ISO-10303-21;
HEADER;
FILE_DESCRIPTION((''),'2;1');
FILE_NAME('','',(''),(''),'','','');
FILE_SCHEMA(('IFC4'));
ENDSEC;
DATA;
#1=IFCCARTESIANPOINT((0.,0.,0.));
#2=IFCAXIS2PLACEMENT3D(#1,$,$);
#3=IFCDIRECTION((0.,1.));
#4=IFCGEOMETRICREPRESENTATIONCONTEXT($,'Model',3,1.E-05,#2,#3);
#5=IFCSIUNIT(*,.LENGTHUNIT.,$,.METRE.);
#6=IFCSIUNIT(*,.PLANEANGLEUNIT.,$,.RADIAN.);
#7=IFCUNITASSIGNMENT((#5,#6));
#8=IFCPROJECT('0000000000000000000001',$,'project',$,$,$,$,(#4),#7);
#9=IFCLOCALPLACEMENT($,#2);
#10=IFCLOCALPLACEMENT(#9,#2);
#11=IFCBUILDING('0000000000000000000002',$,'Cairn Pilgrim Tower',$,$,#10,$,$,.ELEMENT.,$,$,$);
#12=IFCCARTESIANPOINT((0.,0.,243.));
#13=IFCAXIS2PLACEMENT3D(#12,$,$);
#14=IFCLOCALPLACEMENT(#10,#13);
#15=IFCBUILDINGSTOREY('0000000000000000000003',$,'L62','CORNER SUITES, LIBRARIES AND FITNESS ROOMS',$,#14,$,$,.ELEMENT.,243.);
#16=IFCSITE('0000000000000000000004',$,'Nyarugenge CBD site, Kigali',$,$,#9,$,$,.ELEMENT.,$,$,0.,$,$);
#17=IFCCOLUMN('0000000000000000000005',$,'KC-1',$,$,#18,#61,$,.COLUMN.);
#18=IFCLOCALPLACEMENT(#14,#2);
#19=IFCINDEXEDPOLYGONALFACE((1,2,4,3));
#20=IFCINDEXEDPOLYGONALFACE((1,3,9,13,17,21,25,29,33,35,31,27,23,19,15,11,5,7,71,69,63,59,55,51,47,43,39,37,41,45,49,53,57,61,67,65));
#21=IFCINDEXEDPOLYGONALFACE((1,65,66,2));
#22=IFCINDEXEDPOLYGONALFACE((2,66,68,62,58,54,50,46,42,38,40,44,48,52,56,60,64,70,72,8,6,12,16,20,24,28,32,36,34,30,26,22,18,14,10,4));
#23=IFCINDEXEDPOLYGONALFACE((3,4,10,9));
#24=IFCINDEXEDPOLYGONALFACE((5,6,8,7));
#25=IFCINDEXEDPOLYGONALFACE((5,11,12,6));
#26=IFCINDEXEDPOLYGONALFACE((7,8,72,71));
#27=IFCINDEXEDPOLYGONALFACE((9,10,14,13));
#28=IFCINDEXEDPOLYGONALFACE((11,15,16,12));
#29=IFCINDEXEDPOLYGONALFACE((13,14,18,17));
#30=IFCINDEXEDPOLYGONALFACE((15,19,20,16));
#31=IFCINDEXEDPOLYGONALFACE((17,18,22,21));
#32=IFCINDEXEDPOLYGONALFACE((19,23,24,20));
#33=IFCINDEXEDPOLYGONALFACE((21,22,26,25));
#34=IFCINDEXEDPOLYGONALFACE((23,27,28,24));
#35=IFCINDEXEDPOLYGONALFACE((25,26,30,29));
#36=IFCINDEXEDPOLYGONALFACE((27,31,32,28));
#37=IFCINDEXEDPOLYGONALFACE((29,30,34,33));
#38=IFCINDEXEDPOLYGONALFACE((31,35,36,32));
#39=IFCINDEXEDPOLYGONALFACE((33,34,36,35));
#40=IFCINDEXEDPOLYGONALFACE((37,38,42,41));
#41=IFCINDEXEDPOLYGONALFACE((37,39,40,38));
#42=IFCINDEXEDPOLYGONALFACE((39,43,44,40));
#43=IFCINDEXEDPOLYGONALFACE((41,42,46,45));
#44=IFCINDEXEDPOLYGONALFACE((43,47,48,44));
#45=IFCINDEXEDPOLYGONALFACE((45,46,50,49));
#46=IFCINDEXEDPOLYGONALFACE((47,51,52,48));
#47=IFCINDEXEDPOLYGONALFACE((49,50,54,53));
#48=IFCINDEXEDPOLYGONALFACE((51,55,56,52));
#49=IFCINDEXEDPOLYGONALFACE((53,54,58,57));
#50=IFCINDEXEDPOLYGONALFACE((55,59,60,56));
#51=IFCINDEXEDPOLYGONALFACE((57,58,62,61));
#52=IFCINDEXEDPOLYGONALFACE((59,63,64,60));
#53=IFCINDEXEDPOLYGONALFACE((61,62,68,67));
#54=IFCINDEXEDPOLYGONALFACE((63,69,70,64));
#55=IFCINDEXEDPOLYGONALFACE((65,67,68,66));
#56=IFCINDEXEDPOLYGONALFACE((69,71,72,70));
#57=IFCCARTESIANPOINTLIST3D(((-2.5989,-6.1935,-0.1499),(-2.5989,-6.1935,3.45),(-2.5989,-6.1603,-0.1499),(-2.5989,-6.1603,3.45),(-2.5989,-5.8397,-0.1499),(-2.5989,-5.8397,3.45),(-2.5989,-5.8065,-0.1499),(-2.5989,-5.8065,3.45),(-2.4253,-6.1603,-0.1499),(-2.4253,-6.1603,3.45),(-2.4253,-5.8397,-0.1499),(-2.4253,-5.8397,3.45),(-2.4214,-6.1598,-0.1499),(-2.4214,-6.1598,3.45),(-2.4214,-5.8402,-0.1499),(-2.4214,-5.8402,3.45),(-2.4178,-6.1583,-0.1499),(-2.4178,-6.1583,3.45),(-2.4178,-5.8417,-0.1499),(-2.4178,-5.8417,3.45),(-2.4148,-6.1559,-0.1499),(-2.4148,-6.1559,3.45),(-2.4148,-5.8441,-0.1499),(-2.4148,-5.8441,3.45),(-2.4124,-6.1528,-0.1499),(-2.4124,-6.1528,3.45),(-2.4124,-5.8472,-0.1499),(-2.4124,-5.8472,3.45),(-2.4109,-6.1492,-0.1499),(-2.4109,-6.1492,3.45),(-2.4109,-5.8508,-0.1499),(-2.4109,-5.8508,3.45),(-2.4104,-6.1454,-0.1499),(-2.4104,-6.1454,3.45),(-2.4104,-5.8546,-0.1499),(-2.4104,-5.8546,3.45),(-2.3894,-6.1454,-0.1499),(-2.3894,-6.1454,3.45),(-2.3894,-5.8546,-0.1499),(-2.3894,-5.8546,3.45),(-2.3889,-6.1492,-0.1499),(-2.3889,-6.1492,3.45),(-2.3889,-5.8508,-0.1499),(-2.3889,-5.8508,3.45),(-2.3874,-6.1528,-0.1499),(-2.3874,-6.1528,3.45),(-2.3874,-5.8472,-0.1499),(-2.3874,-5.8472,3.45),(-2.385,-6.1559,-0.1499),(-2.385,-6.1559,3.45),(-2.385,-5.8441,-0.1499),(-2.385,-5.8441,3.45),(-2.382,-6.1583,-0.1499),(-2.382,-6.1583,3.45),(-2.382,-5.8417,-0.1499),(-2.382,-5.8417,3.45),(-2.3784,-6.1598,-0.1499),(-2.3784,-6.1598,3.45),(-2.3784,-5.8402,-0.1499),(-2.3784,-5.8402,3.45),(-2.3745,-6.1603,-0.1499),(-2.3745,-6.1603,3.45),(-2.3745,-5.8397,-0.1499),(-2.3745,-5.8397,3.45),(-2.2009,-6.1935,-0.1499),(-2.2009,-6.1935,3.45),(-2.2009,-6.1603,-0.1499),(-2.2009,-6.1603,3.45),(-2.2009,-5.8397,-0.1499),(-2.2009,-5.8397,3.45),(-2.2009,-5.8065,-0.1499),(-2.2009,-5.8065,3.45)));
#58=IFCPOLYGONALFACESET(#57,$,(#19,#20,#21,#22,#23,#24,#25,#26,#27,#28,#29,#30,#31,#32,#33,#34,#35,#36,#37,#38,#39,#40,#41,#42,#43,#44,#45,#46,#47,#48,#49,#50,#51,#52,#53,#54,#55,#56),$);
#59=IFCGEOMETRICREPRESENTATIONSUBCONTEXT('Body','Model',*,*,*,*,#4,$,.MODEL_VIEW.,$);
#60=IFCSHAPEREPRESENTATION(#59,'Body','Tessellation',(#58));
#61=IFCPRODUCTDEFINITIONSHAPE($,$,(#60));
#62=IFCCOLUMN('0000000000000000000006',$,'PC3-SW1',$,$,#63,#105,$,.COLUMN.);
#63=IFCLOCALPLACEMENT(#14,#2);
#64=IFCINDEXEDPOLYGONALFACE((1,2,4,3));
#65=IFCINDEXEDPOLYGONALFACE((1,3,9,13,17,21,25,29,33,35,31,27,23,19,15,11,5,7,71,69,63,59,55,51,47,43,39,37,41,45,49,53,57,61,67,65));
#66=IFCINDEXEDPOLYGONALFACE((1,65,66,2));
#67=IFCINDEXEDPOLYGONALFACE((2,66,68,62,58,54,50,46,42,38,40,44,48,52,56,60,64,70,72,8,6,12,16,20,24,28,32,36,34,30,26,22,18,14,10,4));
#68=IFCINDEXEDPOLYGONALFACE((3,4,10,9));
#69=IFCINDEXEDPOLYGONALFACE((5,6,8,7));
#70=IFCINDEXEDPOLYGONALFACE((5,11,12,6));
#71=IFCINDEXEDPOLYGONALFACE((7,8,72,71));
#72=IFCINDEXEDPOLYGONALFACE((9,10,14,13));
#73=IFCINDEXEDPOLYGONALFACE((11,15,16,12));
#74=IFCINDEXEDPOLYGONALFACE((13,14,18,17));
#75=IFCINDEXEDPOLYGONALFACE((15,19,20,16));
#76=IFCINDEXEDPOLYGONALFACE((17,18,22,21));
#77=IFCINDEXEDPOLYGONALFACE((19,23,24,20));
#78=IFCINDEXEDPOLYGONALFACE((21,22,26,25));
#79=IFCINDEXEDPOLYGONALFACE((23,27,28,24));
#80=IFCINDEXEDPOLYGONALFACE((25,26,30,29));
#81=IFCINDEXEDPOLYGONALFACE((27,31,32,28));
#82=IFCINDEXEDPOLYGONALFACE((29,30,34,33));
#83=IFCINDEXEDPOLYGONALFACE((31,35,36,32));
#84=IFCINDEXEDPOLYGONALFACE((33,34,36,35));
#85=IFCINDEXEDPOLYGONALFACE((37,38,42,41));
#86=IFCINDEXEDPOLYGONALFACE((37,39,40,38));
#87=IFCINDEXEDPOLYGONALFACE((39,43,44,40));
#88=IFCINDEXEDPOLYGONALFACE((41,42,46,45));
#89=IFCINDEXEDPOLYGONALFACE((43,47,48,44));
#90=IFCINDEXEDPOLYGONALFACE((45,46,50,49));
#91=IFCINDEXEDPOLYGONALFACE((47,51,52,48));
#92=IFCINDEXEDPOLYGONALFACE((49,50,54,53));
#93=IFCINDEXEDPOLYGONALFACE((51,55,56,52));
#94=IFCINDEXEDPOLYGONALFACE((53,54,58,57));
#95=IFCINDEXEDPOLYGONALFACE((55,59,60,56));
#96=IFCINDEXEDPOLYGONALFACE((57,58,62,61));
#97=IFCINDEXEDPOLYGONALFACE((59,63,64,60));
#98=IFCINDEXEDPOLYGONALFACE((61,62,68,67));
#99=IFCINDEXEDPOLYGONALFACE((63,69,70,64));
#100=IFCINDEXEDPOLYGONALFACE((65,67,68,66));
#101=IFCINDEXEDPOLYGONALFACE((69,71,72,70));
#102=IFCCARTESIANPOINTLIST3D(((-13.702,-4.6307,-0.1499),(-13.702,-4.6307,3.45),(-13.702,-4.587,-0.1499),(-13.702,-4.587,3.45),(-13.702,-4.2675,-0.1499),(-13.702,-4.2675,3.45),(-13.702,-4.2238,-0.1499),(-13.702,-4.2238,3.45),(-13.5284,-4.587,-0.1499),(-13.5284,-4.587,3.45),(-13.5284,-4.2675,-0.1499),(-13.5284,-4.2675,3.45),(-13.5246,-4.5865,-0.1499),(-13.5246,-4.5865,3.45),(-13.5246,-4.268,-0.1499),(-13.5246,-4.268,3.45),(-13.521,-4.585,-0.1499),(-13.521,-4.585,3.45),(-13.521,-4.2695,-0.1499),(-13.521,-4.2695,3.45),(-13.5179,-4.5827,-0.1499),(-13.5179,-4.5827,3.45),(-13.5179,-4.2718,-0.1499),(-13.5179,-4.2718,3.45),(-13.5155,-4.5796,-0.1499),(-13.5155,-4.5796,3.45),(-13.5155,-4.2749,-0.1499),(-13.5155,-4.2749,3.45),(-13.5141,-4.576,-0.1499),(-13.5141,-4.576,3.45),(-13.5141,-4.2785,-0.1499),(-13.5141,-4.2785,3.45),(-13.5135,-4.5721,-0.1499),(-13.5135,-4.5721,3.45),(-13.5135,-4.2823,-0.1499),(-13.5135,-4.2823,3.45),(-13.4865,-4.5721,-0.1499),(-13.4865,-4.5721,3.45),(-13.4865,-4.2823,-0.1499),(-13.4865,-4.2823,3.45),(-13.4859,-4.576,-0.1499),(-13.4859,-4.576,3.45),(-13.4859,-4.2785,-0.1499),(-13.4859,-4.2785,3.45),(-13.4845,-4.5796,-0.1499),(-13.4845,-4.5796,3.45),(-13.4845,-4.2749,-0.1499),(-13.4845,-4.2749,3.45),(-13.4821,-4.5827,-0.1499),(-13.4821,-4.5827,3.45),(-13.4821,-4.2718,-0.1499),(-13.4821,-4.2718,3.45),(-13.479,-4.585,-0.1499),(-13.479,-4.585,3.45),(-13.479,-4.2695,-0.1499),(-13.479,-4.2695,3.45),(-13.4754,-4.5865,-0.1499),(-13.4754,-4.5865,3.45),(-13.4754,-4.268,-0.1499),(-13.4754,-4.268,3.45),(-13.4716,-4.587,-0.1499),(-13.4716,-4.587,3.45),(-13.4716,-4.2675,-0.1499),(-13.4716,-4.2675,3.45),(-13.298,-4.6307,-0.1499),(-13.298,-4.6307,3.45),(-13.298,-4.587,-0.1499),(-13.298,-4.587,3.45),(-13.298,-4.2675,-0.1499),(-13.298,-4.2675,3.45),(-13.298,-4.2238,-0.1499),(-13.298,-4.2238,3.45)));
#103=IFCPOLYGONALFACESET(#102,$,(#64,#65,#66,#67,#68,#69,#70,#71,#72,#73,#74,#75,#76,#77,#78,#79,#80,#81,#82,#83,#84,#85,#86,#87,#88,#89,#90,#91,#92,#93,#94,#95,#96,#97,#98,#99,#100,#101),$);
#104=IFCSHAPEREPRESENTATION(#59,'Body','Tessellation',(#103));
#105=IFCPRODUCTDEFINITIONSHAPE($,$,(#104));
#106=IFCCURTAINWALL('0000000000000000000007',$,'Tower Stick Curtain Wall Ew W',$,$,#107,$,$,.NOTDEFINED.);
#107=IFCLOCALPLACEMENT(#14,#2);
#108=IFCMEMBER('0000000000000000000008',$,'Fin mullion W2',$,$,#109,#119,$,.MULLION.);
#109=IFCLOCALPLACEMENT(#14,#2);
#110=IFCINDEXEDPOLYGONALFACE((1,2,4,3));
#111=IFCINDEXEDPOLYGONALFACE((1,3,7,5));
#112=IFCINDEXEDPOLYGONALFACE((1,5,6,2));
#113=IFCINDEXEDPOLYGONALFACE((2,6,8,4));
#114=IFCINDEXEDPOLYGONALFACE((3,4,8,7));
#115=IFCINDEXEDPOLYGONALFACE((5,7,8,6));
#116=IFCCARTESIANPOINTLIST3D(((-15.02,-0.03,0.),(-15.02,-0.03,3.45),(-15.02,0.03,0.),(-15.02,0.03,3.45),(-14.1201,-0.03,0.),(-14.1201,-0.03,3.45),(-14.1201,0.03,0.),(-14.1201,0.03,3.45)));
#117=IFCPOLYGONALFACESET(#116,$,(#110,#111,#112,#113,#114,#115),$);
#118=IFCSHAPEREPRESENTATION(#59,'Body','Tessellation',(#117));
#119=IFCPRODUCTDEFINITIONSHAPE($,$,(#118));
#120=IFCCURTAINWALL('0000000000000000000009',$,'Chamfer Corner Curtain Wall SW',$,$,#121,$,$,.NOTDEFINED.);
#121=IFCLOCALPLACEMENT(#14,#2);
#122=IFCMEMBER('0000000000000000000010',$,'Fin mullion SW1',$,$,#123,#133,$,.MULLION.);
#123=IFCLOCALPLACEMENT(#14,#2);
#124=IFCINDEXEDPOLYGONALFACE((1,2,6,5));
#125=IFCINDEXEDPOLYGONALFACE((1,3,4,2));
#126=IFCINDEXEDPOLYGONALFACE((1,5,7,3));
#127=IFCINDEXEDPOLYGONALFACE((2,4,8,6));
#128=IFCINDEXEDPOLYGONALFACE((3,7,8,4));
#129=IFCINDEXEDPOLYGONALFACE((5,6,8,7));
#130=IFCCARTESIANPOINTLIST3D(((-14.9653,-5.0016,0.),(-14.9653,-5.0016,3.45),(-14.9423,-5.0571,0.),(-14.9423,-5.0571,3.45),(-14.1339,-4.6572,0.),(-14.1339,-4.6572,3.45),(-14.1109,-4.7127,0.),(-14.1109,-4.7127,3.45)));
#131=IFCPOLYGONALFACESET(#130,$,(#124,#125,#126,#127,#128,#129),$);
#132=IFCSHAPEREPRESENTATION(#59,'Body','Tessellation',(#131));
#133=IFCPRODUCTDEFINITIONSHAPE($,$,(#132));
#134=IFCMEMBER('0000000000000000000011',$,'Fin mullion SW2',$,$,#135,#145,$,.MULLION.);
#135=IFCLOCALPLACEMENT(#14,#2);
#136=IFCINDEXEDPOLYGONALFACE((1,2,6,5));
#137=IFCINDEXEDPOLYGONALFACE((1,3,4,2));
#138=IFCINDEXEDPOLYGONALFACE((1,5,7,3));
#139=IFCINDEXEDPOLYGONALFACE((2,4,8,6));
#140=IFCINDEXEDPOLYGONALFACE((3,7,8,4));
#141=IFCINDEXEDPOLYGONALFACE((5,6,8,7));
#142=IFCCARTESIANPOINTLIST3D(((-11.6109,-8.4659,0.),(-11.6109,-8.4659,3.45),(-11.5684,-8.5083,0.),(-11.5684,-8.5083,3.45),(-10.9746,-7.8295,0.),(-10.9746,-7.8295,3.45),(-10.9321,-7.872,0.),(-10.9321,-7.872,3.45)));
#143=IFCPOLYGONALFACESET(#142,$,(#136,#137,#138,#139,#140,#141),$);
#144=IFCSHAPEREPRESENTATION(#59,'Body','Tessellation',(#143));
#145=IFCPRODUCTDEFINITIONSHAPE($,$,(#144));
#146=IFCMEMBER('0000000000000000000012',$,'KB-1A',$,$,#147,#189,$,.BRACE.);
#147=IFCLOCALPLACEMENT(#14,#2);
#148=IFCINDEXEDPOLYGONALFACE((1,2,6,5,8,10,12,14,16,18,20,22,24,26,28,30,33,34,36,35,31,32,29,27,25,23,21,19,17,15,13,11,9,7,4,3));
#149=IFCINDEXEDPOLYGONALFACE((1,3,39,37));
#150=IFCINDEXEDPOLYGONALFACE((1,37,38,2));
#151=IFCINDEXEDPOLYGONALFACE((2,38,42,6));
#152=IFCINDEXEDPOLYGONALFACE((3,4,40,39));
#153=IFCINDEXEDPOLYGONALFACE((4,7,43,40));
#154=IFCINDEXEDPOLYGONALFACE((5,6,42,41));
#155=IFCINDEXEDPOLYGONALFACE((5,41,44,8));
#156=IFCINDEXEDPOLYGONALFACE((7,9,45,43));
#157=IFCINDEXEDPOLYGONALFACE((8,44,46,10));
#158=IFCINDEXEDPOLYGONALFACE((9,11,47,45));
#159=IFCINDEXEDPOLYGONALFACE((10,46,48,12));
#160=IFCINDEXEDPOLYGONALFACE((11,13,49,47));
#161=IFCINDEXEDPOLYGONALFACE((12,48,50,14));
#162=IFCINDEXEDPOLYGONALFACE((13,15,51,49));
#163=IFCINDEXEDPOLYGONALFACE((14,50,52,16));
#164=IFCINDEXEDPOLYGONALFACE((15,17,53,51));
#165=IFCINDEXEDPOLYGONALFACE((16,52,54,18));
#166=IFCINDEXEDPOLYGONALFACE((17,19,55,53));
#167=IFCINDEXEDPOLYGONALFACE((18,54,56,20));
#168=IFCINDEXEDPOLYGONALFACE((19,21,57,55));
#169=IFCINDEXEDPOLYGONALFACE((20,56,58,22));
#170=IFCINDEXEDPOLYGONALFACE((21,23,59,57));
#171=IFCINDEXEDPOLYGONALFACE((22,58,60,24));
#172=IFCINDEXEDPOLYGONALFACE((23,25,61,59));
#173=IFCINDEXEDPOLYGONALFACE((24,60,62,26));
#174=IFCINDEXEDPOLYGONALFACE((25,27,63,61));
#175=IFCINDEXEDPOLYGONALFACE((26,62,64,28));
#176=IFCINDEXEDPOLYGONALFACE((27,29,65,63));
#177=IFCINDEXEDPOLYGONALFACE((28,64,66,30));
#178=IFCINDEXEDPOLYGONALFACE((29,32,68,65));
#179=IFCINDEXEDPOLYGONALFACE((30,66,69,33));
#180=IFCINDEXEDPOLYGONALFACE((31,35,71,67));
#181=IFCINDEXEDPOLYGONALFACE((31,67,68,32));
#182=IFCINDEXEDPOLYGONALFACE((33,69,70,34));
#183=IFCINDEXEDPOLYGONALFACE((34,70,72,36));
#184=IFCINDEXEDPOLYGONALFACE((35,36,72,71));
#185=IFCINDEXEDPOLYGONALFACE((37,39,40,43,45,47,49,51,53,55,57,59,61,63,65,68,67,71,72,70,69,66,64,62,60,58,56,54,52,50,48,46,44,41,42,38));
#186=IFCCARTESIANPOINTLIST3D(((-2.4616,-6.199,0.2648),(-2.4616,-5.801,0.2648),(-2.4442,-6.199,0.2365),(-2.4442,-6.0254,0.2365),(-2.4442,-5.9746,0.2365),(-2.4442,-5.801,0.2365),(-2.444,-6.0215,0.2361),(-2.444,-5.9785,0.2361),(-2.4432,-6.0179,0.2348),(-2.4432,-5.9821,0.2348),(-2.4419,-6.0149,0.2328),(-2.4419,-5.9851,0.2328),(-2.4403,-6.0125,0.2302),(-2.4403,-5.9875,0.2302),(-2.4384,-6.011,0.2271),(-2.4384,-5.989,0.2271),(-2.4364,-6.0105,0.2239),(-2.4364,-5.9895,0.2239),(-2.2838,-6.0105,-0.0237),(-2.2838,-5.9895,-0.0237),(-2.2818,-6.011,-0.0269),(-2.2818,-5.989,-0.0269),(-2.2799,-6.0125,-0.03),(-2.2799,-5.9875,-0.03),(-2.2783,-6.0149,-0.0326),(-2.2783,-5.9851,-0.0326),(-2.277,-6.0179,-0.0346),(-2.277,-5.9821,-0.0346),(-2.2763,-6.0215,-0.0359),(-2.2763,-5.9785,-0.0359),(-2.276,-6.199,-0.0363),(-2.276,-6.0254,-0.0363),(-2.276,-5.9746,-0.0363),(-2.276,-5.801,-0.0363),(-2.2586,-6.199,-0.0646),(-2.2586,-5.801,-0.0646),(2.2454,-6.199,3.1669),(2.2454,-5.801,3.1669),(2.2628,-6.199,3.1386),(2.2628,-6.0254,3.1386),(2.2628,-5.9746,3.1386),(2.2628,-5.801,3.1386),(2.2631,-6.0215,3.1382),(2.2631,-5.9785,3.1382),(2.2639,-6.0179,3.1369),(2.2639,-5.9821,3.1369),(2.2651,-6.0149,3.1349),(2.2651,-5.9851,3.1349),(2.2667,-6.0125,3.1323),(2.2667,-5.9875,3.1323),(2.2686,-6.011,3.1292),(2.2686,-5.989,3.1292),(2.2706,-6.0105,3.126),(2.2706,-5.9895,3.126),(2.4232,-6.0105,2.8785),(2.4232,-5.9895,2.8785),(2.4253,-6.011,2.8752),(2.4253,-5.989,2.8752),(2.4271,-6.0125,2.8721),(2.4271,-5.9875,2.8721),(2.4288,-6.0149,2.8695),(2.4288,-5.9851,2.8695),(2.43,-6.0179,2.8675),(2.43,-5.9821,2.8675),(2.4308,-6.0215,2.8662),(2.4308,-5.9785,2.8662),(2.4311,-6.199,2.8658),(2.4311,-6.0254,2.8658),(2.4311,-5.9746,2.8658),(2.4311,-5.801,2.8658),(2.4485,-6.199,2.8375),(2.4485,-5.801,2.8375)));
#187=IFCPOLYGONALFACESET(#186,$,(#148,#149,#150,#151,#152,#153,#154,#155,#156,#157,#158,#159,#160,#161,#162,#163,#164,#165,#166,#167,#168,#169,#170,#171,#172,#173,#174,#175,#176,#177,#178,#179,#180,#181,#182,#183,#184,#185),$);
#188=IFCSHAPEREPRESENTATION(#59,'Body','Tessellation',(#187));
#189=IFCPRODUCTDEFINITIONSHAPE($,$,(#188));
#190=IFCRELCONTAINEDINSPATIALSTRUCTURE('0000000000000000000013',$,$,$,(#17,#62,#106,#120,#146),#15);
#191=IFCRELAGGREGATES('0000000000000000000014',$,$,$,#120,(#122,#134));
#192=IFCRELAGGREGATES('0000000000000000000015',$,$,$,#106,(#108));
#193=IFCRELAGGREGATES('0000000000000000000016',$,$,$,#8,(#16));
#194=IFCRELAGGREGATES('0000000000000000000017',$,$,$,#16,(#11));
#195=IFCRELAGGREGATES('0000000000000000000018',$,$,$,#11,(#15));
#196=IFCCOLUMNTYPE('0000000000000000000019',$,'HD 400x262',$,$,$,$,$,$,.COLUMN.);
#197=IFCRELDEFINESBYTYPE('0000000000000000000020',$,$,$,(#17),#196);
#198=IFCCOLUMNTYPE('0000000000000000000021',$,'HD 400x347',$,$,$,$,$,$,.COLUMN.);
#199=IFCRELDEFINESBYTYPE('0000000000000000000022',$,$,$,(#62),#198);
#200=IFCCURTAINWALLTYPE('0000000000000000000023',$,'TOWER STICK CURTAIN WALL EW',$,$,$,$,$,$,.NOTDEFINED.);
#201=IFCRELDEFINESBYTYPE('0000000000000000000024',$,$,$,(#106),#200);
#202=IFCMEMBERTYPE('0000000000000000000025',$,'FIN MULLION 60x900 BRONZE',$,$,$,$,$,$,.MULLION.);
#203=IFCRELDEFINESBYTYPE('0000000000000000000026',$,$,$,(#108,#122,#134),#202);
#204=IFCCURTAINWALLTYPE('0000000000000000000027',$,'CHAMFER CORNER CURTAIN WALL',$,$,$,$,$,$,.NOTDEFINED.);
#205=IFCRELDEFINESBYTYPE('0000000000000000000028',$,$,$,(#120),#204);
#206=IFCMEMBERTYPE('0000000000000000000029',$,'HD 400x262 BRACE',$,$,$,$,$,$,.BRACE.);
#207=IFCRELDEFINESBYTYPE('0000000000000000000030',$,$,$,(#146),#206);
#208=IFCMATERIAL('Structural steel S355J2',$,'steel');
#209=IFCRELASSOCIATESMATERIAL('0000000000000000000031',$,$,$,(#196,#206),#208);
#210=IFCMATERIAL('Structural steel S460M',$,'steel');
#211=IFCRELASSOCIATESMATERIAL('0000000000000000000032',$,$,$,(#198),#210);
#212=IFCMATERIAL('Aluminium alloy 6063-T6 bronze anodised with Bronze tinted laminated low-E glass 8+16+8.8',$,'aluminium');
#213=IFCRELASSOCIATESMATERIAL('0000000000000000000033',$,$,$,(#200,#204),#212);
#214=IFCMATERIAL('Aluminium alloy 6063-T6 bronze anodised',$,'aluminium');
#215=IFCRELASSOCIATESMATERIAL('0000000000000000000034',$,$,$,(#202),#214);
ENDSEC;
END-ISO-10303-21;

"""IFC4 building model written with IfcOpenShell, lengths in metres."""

from ifc_helpers import new_model, si_unit, direction, frame, origin, origin_2d, place, context, subcontext, project, spatial, rectangle, i_section, extrude, material, material_profile, profile_set, type_object, element, aggregate, save


model = new_model("IFC4")

# Units and contexts
model_context = context("Model", 3, precision=1e-05, world=origin(), true_north=direction((0.0, 1.0)))
body_context = subcontext(model_context, "Body", "Model", "MODEL_VIEW")
ifc_project = project(units=[si_unit("LENGTHUNIT", "METRE"), si_unit("PLANEANGLEUNIT", "RADIAN")], contexts=[model_context])

# Site, building, storey
site_placement = place(None, origin())
site = spatial("IfcSite", under=ifc_project, at=site_placement, Name="Nyarugenge CBD site, Kigali", CompositionType="ELEMENT", RefElevation=0.0)
building_placement = place(site_placement, origin())
building = spatial("IfcBuilding", under=site, at=building_placement, Name="Cairn Pilgrim Tower", CompositionType="ELEMENT")
storey_placement = place(building_placement, frame((0.0, 0.0, 243.0)))
storey = spatial("IfcBuildingStorey", under=building, at=storey_placement, Name="L62", Description="CORNER SUITES, LIBRARIES AND FITNESS ROOMS", CompositionType="ELEMENT", Elevation=243.0)

# Columns
ifc_material_1 = material(Name="Structural steel S355J2", Category="steel")
ifc_material_profile_1 = material_profile(ifc_material_1, i_section(OverallWidth=0.3979, OverallDepth=0.387, WebThickness=0.021, FlangeThickness=0.0332, FilletRadius=0.0149, at=origin_2d()), Name="HD 400x262")
ifc_profile_set_1 = profile_set([ifc_material_profile_1], Name="Structural steel S355J2")
column_type_1 = type_object("IfcColumnType", Name="HD 400x262", PredefinedType="COLUMN", material=ifc_profile_set_1)
column_1_placement = place(storey_placement, frame((-2.3999, -6.0, -0.1499), z_axis=(0.0, 0.0, 1.0), x_axis=(1.0, 0.0, 0.0)))
element("IfcColumn", 1, at=column_1_placement, inside=storey, type_object=column_type_1, Name="KC-1", PredefinedType="COLUMN", context=body_context, shape_type="SweptSolid", body=[
    extrude(i_section(OverallWidth=0.3979, OverallDepth=0.387, WebThickness=0.021, FlangeThickness=0.0332, FilletRadius=0.0149, at=origin_2d()), origin(), (0.0, 0.0, 1.0), 3.5999),
])
ifc_material_2 = material(Name="Structural steel S460M", Category="steel")
ifc_material_profile_2 = material_profile(ifc_material_2, i_section(OverallWidth=0.4041, OverallDepth=0.407, WebThickness=0.0271, FlangeThickness=0.0437, FilletRadius=0.0149, at=origin_2d()), Name="HD 400x347")
ifc_profile_set_2 = profile_set([ifc_material_profile_2], Name="Structural steel S460M")
column_type_2 = type_object("IfcColumnType", Name="HD 400x347", PredefinedType="COLUMN", material=ifc_profile_set_2)
column_2_placement = place(storey_placement, frame((-13.5, -4.4272, -0.1499), z_axis=(0.0, 0.0, 1.0), x_axis=(1.0, 0.0, 0.0)))
element("IfcColumn", 2, at=column_2_placement, inside=storey, type_object=column_type_2, Name="PC3-SW1", PredefinedType="COLUMN", context=body_context, shape_type="SweptSolid", body=[
    extrude(i_section(OverallWidth=0.4041, OverallDepth=0.407, WebThickness=0.0271, FlangeThickness=0.0437, FilletRadius=0.0149, at=origin_2d()), origin(), (0.0, 0.0, 1.0), 3.5999),
])

# Curtain wall, member
ifc_material_3 = material(Name="Aluminium alloy 6063-T6 bronze anodised with Bronze tinted laminated low-E glass 8+16+8.8", Category="aluminium")
curtain_wall_type_1 = type_object("IfcCurtainWallType", Name="TOWER STICK CURTAIN WALL EW", PredefinedType="NOTDEFINED", material=ifc_material_3)
curtain_wall_1_placement = place(storey_placement, origin())
curtain_wall_1 = element("IfcCurtainWall", 3, at=curtain_wall_1_placement, inside=storey, type_object=curtain_wall_type_1, Name="Tower Stick Curtain Wall Ew W", PredefinedType="NOTDEFINED")
ifc_material_4 = material(Name="Aluminium alloy 6063-T6 bronze anodised", Category="aluminium")
ifc_material_profile_3 = material_profile(ifc_material_4, rectangle(XDim=0.8999, YDim=0.0601, at=origin_2d()), Name="FIN MULLION 60x900 BRONZE")
ifc_profile_set_3 = profile_set([ifc_material_profile_3], Name="Aluminium alloy 6063-T6 bronze anodised")
member_type_1 = type_object("IfcMemberType", Name="FIN MULLION 60x900 BRONZE", PredefinedType="MULLION", material=ifc_profile_set_3)
member_1_placement = place(storey_placement, frame((-14.5701, 0.0, 0.0), z_axis=(0.0, 0.0, 1.0), x_axis=(-1.0, 0.0, 0.0)))
member_1 = element("IfcMember", 4, at=member_1_placement, type_object=member_type_1, Name="Fin mullion W2", PredefinedType="MULLION", context=body_context, shape_type="SweptSolid", body=[
    extrude(rectangle(XDim=0.8999, YDim=0.0601, at=origin_2d()), origin(), (0.0, 0.0, 1.0), 3.45),
])

# Curtain wall, members
curtain_wall_type_2 = type_object("IfcCurtainWallType", Name="CHAMFER CORNER CURTAIN WALL", PredefinedType="NOTDEFINED", material=ifc_material_3)
curtain_wall_2_placement = place(storey_placement, origin())
curtain_wall_2 = element("IfcCurtainWall", 5, at=curtain_wall_2_placement, inside=storey, type_object=curtain_wall_type_2, Name="Chamfer Corner Curtain Wall SW", PredefinedType="NOTDEFINED")
member_2_placement = place(storey_placement, frame((-14.5381, -4.8572, 0.0), z_axis=(0.0, 0.0, 1.0), x_axis=(-0.92388, -0.382683, 0.0)))
member_2 = element("IfcMember", 6, at=member_2_placement, type_object=member_type_1, Name="Fin mullion SW1", PredefinedType="MULLION", context=body_context, shape_type="SweptSolid", body=[
    extrude(rectangle(XDim=0.8999, YDim=0.0601, at=origin_2d()), origin(), (0.0, 0.0, 1.0), 3.45),
])
member_3_placement = place(storey_placement, frame((-11.2715, -8.1689, 0.0), z_axis=(0.0, 0.0, 1.0), x_axis=(-0.707107, -0.707107, 0.0)))
member_3 = element("IfcMember", 7, at=member_3_placement, type_object=member_type_1, Name="Fin mullion SW2", PredefinedType="MULLION", context=body_context, shape_type="SweptSolid", body=[
    extrude(rectangle(XDim=0.8999, YDim=0.0601, at=origin_2d()), origin(), (0.0, 0.0, 1.0), 3.45),
])

# Member
ifc_material_profile_4 = material_profile(ifc_material_1, i_section(OverallWidth=0.3979, OverallDepth=0.387, WebThickness=0.021, FlangeThickness=0.0332, FilletRadius=0.0149, at=origin_2d()), Name="HD 400x262")
ifc_profile_set_4 = profile_set([ifc_material_profile_4], Name="Structural steel S355J2")
member_type_2 = type_object("IfcMemberType", Name="HD 400x262 BRACE", PredefinedType="BRACE", material=ifc_profile_set_4)
member_4_placement = place(storey_placement, frame((-2.3601, -6.0, 0.1001), z_axis=(0.851217, 0.0, 0.524814), x_axis=(0.0, 1.0, 0.0)))
element("IfcMember", 8, at=member_4_placement, inside=storey, type_object=member_type_2, Name="KB-1A", PredefinedType="BRACE", context=body_context, shape_type="SweptSolid", body=[
    extrude(i_section(OverallWidth=0.3979, OverallDepth=0.387, WebThickness=0.021, FlangeThickness=0.0332, FilletRadius=0.0149, at=origin_2d()), origin(), (0.0, 0.0, 1.0), 5.5298),
])

aggregate(curtain_wall_2, [member_2, member_3])
aggregate(curtain_wall_1, [member_1])

save(model, "model.ifc")
